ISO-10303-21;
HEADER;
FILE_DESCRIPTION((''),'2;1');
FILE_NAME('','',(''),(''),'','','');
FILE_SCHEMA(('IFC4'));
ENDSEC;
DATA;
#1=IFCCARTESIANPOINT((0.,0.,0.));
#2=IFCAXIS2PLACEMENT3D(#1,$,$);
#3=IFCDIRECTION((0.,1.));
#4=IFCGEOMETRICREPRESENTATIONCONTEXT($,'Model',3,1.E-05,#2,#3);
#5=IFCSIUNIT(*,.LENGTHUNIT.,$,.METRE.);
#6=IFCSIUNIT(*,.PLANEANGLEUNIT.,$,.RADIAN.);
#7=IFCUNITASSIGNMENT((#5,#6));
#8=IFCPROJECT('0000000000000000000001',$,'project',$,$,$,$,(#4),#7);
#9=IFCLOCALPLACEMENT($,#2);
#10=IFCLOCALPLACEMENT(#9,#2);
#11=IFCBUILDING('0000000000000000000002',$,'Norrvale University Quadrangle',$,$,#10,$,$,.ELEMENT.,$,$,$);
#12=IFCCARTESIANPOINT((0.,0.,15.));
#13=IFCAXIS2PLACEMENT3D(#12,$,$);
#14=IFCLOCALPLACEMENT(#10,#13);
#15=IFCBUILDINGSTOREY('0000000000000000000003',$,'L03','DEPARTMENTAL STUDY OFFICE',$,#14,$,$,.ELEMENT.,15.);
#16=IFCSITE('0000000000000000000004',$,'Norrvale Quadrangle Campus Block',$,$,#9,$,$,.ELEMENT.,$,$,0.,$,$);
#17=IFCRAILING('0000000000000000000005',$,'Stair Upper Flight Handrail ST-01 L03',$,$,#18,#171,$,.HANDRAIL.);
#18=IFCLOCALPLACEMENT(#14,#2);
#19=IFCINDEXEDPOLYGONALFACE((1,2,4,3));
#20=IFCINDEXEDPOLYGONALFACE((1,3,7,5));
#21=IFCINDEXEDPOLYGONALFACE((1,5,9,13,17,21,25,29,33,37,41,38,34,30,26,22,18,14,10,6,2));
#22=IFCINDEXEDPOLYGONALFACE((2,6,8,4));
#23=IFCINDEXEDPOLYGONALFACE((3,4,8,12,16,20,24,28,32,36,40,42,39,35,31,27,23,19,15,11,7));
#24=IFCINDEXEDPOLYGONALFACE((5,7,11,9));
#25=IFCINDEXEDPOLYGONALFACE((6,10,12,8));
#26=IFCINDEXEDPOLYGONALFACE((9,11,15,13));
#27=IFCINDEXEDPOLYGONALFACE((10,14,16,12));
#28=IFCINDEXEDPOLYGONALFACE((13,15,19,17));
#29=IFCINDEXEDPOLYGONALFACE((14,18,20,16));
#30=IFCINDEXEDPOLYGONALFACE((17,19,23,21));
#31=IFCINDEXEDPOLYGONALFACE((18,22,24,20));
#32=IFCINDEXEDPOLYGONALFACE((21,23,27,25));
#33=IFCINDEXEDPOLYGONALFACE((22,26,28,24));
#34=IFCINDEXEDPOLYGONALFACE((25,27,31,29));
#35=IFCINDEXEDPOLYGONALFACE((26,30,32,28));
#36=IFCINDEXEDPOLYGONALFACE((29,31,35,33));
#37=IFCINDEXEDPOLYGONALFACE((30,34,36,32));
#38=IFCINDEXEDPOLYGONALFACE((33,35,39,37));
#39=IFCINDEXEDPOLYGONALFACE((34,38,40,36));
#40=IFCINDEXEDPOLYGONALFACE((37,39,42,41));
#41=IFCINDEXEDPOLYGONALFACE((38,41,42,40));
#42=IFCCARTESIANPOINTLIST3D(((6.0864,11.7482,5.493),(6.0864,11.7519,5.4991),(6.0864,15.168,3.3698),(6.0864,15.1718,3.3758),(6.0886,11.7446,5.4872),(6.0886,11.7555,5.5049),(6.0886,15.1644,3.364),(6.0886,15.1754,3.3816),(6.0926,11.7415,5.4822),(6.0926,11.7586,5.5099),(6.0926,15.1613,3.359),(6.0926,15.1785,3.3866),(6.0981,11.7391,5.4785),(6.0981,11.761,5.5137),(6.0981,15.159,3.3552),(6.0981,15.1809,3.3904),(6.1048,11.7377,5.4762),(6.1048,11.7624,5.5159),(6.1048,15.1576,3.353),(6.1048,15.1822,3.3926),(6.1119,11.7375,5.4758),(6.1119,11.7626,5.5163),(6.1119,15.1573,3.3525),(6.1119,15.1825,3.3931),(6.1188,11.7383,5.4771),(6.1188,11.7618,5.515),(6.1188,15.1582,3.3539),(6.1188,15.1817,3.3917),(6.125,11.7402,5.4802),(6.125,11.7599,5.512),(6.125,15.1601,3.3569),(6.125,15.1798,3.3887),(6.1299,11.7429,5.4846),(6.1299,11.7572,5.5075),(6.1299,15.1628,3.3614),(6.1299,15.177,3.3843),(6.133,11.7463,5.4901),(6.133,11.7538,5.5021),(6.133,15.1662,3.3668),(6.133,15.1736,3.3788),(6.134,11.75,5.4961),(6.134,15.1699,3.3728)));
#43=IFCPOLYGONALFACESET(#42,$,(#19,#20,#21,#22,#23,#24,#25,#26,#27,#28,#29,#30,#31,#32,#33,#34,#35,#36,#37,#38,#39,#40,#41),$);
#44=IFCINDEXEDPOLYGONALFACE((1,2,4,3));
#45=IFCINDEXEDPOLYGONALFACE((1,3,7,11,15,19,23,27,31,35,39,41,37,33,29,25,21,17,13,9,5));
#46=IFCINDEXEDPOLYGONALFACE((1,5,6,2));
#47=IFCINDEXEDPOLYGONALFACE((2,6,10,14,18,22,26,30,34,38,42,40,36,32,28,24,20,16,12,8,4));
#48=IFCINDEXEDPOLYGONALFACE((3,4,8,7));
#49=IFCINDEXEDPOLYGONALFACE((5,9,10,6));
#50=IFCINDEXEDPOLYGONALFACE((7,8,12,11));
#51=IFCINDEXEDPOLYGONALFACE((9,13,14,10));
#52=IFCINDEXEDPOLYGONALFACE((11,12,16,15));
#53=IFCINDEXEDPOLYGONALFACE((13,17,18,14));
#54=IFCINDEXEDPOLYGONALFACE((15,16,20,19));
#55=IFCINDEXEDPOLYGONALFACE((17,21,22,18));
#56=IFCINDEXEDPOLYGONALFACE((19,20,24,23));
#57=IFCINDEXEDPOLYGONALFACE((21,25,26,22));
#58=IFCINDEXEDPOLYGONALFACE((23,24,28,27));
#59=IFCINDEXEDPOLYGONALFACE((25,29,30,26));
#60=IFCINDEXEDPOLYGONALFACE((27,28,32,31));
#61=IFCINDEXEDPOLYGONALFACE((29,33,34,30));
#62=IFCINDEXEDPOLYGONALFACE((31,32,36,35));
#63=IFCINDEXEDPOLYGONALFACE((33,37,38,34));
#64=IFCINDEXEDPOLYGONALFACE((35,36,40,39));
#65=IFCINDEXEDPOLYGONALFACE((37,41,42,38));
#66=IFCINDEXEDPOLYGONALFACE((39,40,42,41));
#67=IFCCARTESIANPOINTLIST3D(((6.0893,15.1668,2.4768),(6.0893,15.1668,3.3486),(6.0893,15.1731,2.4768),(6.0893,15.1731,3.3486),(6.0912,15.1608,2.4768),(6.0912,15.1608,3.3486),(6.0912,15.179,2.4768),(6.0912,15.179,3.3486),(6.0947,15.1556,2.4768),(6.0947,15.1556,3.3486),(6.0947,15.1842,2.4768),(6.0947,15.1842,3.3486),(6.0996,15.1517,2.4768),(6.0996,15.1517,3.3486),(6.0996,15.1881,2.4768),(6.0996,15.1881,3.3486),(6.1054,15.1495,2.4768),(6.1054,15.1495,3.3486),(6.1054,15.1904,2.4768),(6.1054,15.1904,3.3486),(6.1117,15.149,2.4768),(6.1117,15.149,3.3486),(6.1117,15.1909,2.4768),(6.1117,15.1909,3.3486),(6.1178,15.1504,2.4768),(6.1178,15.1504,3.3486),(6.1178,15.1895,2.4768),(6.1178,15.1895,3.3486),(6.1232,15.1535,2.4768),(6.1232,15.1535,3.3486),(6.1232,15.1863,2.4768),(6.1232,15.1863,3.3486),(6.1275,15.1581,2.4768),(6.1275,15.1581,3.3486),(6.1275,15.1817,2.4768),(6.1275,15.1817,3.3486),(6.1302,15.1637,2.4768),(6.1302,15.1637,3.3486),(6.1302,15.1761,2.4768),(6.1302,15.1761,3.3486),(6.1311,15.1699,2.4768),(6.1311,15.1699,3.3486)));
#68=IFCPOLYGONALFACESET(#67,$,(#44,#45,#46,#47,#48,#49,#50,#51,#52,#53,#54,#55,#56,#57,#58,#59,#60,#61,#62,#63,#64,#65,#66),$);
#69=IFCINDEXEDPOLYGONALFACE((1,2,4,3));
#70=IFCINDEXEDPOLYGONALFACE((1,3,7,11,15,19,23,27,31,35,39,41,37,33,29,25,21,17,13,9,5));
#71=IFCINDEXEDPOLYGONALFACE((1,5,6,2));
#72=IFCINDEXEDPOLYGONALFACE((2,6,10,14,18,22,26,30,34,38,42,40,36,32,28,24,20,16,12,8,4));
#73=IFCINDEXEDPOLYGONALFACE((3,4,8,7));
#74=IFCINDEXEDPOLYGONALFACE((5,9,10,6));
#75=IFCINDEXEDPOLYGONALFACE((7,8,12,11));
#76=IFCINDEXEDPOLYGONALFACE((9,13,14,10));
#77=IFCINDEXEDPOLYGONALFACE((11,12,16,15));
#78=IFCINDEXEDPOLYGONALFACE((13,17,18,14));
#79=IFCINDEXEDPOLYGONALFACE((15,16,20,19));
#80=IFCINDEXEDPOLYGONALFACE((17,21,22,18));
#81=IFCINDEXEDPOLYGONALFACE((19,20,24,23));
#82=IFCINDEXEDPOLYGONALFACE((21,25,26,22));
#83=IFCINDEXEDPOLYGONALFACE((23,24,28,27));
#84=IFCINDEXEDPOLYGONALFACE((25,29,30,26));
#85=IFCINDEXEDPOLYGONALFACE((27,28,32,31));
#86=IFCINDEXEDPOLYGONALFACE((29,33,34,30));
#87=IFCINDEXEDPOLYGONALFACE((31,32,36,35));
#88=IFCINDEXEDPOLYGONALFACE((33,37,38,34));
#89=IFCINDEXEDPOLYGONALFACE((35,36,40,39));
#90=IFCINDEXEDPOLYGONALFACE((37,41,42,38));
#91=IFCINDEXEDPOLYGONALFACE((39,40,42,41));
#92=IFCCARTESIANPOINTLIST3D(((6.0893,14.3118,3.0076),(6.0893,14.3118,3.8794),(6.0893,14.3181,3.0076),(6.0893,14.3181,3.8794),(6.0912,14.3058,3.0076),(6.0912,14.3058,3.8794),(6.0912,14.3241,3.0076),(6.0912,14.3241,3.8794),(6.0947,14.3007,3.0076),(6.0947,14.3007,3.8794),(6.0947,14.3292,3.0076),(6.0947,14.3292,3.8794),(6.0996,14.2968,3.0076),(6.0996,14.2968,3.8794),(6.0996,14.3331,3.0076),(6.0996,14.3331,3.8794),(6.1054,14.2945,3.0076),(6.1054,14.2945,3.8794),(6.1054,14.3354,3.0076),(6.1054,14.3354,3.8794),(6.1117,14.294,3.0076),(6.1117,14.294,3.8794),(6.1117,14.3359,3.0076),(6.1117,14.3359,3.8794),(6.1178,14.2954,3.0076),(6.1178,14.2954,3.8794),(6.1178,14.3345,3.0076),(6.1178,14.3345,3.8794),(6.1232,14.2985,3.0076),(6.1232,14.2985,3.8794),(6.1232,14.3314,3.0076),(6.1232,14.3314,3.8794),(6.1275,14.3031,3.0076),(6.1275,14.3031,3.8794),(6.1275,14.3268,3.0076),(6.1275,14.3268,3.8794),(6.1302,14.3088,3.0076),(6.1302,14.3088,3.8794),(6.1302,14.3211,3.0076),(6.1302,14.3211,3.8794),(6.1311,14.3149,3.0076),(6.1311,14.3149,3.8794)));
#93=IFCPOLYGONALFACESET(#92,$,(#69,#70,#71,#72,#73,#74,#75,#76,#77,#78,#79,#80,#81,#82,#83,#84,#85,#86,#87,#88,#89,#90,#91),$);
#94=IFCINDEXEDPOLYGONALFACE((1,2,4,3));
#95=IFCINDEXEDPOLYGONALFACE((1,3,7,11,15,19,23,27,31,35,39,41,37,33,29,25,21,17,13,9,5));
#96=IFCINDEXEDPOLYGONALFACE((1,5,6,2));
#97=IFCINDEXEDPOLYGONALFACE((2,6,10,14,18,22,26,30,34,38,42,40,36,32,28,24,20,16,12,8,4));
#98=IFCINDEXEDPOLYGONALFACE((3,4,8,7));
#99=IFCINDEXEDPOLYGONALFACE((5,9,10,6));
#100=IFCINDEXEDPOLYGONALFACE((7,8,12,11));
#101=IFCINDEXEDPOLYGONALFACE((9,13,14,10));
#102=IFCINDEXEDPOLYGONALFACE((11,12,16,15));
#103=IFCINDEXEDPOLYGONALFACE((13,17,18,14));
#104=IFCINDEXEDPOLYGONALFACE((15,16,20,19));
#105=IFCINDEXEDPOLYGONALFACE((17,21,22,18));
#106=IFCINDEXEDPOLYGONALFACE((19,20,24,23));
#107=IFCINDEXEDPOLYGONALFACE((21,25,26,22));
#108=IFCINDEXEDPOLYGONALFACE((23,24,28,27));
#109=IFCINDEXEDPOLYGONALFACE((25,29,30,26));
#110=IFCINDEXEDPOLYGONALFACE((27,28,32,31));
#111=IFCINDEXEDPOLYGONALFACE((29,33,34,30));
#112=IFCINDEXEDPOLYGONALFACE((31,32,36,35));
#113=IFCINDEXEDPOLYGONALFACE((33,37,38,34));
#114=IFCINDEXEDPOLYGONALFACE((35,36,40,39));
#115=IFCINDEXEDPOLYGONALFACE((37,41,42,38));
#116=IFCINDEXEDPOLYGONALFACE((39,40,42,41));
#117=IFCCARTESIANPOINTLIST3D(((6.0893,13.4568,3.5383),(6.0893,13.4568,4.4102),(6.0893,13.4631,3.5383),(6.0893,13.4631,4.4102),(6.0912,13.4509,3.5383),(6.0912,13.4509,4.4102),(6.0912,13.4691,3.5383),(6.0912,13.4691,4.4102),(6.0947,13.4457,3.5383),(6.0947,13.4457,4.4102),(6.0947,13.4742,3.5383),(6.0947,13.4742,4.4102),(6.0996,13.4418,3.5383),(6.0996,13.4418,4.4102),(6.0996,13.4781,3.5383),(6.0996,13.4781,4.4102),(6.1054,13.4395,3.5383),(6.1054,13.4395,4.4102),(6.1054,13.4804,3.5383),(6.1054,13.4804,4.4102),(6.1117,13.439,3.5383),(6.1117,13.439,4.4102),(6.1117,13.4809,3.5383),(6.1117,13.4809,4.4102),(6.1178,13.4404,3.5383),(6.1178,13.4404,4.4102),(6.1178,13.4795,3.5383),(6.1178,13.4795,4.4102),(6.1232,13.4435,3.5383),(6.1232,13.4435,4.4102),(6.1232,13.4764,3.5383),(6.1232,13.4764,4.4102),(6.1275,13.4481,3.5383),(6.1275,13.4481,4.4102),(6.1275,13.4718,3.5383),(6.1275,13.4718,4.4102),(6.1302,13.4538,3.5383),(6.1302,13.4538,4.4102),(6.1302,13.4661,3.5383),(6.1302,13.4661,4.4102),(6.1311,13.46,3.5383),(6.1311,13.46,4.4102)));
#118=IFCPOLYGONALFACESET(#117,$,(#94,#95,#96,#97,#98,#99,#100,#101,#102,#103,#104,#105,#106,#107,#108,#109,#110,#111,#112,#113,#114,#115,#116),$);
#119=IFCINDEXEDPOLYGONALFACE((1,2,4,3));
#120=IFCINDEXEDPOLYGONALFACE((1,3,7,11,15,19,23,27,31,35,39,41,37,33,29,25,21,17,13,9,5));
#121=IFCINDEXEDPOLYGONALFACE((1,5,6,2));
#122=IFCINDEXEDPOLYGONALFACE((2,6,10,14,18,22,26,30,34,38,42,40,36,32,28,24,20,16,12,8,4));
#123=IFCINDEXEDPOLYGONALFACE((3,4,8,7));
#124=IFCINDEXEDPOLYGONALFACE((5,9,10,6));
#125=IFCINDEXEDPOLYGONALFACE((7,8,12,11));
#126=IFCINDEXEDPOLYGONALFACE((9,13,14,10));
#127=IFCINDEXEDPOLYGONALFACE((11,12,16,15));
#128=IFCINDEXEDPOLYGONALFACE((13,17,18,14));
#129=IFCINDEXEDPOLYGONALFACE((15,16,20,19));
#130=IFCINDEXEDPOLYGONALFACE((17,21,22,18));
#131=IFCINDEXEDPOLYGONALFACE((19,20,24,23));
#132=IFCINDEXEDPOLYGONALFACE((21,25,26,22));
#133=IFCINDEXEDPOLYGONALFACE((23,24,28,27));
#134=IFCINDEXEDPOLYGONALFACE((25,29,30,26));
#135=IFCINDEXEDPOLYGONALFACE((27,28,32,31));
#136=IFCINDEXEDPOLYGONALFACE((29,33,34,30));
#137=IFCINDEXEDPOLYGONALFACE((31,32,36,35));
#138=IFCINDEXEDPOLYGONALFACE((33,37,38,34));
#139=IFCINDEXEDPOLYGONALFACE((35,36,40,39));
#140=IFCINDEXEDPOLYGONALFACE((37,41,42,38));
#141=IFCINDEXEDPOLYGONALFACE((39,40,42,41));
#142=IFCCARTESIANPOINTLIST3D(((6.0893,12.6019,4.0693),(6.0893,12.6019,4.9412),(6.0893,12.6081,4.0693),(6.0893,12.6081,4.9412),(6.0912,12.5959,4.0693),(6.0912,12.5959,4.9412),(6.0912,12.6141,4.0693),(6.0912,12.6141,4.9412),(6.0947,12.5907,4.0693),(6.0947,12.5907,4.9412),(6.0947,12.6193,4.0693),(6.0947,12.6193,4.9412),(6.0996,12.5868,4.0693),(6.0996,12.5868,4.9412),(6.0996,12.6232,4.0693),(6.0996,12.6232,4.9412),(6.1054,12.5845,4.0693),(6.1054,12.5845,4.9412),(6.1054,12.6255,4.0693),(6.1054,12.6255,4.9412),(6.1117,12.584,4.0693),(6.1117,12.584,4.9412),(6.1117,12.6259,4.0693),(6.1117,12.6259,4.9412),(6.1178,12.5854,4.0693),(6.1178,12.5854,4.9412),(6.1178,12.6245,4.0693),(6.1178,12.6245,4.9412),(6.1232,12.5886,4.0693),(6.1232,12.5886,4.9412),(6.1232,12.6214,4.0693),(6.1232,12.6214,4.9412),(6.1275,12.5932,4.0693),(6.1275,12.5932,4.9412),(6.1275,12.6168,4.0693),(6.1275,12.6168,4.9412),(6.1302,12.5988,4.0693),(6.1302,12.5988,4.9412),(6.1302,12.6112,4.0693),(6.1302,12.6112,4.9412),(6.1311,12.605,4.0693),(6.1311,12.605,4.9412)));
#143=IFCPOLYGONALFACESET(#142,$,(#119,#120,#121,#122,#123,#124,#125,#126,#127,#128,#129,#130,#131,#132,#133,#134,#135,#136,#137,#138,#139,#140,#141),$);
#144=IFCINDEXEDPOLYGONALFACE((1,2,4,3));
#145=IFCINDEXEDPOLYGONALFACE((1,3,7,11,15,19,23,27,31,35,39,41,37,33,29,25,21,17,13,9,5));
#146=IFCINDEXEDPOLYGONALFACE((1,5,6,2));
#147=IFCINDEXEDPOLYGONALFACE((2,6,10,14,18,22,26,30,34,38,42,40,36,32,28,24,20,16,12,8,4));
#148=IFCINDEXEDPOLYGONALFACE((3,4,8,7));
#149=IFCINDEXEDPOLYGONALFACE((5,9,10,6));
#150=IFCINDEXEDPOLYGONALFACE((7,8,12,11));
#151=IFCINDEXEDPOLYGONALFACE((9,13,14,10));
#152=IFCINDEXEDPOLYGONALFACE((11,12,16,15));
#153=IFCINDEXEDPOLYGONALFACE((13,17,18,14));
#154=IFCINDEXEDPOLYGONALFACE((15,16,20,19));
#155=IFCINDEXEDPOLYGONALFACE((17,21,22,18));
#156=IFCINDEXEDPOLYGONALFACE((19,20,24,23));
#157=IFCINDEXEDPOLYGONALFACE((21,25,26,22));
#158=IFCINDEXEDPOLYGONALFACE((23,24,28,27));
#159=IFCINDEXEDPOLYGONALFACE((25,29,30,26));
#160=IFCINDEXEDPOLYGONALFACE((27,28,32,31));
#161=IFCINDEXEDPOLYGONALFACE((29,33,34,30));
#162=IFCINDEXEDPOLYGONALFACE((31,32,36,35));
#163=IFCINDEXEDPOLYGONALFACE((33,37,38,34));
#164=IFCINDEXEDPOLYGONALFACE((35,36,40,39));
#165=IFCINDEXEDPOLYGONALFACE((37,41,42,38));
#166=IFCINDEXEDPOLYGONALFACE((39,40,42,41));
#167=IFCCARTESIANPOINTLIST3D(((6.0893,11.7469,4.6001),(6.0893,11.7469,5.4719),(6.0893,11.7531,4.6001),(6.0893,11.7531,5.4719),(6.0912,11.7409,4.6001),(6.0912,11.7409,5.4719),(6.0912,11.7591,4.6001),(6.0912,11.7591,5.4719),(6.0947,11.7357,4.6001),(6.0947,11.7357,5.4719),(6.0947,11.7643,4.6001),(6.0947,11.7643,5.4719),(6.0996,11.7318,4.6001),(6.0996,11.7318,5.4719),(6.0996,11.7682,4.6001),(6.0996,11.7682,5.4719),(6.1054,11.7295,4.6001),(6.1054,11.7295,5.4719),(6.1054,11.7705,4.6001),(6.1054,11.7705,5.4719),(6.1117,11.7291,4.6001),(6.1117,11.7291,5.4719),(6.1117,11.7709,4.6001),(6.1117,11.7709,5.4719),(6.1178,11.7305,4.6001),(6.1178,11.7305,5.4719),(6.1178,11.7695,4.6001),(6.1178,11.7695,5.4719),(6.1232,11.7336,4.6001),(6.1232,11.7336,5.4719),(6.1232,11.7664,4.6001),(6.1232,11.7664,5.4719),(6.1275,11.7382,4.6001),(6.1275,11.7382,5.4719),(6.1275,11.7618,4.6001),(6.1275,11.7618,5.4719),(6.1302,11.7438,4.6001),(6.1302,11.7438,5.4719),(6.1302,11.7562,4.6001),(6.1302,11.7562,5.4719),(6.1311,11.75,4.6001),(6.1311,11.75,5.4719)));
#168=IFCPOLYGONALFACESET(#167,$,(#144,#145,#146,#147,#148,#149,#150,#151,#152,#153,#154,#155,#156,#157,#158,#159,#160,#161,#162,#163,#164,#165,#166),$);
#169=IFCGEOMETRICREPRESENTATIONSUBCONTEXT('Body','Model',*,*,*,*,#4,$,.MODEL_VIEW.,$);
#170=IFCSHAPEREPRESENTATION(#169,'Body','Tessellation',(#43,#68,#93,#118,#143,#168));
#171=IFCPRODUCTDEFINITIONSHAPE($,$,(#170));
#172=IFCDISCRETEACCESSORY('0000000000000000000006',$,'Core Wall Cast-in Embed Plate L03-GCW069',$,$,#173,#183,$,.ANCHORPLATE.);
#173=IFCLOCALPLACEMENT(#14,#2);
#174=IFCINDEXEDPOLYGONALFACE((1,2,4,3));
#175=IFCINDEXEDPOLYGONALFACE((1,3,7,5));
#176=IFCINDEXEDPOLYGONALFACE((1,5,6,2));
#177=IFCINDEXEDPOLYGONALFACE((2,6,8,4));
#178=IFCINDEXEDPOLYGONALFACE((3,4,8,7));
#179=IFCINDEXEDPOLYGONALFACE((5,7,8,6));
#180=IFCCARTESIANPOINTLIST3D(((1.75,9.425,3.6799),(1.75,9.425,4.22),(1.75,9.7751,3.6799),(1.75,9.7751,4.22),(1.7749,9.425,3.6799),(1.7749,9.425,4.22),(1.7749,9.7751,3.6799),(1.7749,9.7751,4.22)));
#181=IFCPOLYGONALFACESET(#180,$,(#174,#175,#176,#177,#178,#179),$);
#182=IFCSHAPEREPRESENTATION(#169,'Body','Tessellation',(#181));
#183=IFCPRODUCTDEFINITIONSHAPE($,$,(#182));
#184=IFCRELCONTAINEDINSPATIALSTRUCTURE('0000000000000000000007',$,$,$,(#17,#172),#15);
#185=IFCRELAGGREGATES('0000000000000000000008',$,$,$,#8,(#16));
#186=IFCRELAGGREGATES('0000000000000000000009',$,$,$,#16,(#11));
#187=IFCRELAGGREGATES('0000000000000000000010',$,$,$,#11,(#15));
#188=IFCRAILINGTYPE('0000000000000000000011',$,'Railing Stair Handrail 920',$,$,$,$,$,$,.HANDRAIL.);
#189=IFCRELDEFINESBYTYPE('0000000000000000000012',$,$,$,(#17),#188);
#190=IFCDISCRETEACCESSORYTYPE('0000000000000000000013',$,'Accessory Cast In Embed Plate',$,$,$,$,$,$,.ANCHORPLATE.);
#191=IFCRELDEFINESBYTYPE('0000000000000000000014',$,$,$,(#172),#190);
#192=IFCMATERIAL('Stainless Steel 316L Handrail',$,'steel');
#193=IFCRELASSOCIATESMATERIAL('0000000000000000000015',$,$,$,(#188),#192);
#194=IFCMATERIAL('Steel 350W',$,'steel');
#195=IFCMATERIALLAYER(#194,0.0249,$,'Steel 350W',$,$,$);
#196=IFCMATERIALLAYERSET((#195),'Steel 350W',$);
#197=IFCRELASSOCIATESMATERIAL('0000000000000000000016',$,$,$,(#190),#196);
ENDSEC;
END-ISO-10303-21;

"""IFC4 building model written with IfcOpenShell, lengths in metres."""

from ifc_helpers import new_model, si_unit, direction, frame, origin, origin_2d, place, context, subcontext, project, spatial, rectangle, circle, extrude, material, layer, layer_set, type_object, element, save


model = new_model("IFC4")

# Units and contexts
model_context = context("Model", 3, precision=1e-05, world=origin(), true_north=direction((0.0, 1.0)))
body_context = subcontext(model_context, "Body", "Model", "MODEL_VIEW")
ifc_project = project(units=[si_unit("LENGTHUNIT", "METRE"), si_unit("PLANEANGLEUNIT", "RADIAN")], contexts=[model_context])

# Site, building, storey
site_placement = place(None, origin())
site = spatial("IfcSite", under=ifc_project, at=site_placement, Name="Norrvale Quadrangle Campus Block", CompositionType="ELEMENT", RefElevation=0.0)
building_placement = place(site_placement, origin())
building = spatial("IfcBuilding", under=site, at=building_placement, Name="Norrvale University Quadrangle", CompositionType="ELEMENT")
storey_placement = place(building_placement, frame((0.0, 0.0, 15.0)))
storey = spatial("IfcBuildingStorey", under=building, at=storey_placement, Name="L03", Description="DEPARTMENTAL STUDY OFFICE", CompositionType="ELEMENT", Elevation=15.0)

# Shared definitions
ifc_material_1 = material(Name="Steel 350W", Category="steel")

# Railing
ifc_material_2 = material(Name="Stainless Steel 316L Handrail", Category="steel")
railing_type_1 = type_object("IfcRailingType", Name="Railing Stair Handrail 920", PredefinedType="HANDRAIL", material=ifc_material_2)
railing_1_placement = place(storey_placement, frame((6.1101, 15.1699, 2.4768)))
element("IfcRailing", 1, at=railing_1_placement, inside=storey, type_object=railing_type_1, Name="Stair Upper Flight Handrail ST-01 L03", PredefinedType="HANDRAIL", context=body_context, shape_type="SweptSolid", body=[
    extrude(circle(Radius=0.0239, at=origin_2d()), frame((0.0, 0.0, 0.896), z_axis=(0.0, -0.849576, 0.527467), x_axis=(1.0, 0.0, 0.0)), (0.0, 0.0, 1.0), 4.0254),
    extrude(circle(Radius=0.021, at=origin_2d()), origin(), (0.0, 0.0, 1.0), 0.8718),
    extrude(circle(Radius=0.021, at=origin_2d()), frame((0.0, -0.855, 0.5308)), (0.0, 0.0, 1.0), 0.8718),
    extrude(circle(Radius=0.021, at=origin_2d()), frame((0.0, -1.71, 1.0615)), (0.0, 0.0, 1.0), 0.8718),
    extrude(circle(Radius=0.021, at=origin_2d()), frame((0.0, -2.5649, 1.5925)), (0.0, 0.0, 1.0), 0.8718),
    extrude(circle(Radius=0.021, at=origin_2d()), frame((0.0, -3.4199, 2.1233)), (0.0, 0.0, 1.0), 0.8718),
])

# Discrete accessory
ifc_layer_1 = layer(ifc_material_1, 0.0249, Name="Steel 350W")
ifc_layer_set_1 = layer_set([ifc_layer_1], Name="Steel 350W")
discrete_accessory_type = type_object("IfcDiscreteAccessoryType", Name="Accessory Cast In Embed Plate", PredefinedType="ANCHORPLATE", material=ifc_layer_set_1)
discrete_accessory_placement = place(storey_placement, frame((1.7625, 9.6001, 3.6799), z_axis=(0.0, 0.0, 1.0), x_axis=(1.0, 0.0, 0.0)))
element("IfcDiscreteAccessory", 2, at=discrete_accessory_placement, inside=storey, type_object=discrete_accessory_type, Name="Core Wall Cast-in Embed Plate L03-GCW069", PredefinedType="ANCHORPLATE", context=body_context, shape_type="SweptSolid", body=[
    extrude(rectangle(XDim=0.0249, YDim=0.3501, at=origin_2d()), origin(), (0.0, 0.0, 1.0), 0.54),
])

save(model, "model.ifc")
